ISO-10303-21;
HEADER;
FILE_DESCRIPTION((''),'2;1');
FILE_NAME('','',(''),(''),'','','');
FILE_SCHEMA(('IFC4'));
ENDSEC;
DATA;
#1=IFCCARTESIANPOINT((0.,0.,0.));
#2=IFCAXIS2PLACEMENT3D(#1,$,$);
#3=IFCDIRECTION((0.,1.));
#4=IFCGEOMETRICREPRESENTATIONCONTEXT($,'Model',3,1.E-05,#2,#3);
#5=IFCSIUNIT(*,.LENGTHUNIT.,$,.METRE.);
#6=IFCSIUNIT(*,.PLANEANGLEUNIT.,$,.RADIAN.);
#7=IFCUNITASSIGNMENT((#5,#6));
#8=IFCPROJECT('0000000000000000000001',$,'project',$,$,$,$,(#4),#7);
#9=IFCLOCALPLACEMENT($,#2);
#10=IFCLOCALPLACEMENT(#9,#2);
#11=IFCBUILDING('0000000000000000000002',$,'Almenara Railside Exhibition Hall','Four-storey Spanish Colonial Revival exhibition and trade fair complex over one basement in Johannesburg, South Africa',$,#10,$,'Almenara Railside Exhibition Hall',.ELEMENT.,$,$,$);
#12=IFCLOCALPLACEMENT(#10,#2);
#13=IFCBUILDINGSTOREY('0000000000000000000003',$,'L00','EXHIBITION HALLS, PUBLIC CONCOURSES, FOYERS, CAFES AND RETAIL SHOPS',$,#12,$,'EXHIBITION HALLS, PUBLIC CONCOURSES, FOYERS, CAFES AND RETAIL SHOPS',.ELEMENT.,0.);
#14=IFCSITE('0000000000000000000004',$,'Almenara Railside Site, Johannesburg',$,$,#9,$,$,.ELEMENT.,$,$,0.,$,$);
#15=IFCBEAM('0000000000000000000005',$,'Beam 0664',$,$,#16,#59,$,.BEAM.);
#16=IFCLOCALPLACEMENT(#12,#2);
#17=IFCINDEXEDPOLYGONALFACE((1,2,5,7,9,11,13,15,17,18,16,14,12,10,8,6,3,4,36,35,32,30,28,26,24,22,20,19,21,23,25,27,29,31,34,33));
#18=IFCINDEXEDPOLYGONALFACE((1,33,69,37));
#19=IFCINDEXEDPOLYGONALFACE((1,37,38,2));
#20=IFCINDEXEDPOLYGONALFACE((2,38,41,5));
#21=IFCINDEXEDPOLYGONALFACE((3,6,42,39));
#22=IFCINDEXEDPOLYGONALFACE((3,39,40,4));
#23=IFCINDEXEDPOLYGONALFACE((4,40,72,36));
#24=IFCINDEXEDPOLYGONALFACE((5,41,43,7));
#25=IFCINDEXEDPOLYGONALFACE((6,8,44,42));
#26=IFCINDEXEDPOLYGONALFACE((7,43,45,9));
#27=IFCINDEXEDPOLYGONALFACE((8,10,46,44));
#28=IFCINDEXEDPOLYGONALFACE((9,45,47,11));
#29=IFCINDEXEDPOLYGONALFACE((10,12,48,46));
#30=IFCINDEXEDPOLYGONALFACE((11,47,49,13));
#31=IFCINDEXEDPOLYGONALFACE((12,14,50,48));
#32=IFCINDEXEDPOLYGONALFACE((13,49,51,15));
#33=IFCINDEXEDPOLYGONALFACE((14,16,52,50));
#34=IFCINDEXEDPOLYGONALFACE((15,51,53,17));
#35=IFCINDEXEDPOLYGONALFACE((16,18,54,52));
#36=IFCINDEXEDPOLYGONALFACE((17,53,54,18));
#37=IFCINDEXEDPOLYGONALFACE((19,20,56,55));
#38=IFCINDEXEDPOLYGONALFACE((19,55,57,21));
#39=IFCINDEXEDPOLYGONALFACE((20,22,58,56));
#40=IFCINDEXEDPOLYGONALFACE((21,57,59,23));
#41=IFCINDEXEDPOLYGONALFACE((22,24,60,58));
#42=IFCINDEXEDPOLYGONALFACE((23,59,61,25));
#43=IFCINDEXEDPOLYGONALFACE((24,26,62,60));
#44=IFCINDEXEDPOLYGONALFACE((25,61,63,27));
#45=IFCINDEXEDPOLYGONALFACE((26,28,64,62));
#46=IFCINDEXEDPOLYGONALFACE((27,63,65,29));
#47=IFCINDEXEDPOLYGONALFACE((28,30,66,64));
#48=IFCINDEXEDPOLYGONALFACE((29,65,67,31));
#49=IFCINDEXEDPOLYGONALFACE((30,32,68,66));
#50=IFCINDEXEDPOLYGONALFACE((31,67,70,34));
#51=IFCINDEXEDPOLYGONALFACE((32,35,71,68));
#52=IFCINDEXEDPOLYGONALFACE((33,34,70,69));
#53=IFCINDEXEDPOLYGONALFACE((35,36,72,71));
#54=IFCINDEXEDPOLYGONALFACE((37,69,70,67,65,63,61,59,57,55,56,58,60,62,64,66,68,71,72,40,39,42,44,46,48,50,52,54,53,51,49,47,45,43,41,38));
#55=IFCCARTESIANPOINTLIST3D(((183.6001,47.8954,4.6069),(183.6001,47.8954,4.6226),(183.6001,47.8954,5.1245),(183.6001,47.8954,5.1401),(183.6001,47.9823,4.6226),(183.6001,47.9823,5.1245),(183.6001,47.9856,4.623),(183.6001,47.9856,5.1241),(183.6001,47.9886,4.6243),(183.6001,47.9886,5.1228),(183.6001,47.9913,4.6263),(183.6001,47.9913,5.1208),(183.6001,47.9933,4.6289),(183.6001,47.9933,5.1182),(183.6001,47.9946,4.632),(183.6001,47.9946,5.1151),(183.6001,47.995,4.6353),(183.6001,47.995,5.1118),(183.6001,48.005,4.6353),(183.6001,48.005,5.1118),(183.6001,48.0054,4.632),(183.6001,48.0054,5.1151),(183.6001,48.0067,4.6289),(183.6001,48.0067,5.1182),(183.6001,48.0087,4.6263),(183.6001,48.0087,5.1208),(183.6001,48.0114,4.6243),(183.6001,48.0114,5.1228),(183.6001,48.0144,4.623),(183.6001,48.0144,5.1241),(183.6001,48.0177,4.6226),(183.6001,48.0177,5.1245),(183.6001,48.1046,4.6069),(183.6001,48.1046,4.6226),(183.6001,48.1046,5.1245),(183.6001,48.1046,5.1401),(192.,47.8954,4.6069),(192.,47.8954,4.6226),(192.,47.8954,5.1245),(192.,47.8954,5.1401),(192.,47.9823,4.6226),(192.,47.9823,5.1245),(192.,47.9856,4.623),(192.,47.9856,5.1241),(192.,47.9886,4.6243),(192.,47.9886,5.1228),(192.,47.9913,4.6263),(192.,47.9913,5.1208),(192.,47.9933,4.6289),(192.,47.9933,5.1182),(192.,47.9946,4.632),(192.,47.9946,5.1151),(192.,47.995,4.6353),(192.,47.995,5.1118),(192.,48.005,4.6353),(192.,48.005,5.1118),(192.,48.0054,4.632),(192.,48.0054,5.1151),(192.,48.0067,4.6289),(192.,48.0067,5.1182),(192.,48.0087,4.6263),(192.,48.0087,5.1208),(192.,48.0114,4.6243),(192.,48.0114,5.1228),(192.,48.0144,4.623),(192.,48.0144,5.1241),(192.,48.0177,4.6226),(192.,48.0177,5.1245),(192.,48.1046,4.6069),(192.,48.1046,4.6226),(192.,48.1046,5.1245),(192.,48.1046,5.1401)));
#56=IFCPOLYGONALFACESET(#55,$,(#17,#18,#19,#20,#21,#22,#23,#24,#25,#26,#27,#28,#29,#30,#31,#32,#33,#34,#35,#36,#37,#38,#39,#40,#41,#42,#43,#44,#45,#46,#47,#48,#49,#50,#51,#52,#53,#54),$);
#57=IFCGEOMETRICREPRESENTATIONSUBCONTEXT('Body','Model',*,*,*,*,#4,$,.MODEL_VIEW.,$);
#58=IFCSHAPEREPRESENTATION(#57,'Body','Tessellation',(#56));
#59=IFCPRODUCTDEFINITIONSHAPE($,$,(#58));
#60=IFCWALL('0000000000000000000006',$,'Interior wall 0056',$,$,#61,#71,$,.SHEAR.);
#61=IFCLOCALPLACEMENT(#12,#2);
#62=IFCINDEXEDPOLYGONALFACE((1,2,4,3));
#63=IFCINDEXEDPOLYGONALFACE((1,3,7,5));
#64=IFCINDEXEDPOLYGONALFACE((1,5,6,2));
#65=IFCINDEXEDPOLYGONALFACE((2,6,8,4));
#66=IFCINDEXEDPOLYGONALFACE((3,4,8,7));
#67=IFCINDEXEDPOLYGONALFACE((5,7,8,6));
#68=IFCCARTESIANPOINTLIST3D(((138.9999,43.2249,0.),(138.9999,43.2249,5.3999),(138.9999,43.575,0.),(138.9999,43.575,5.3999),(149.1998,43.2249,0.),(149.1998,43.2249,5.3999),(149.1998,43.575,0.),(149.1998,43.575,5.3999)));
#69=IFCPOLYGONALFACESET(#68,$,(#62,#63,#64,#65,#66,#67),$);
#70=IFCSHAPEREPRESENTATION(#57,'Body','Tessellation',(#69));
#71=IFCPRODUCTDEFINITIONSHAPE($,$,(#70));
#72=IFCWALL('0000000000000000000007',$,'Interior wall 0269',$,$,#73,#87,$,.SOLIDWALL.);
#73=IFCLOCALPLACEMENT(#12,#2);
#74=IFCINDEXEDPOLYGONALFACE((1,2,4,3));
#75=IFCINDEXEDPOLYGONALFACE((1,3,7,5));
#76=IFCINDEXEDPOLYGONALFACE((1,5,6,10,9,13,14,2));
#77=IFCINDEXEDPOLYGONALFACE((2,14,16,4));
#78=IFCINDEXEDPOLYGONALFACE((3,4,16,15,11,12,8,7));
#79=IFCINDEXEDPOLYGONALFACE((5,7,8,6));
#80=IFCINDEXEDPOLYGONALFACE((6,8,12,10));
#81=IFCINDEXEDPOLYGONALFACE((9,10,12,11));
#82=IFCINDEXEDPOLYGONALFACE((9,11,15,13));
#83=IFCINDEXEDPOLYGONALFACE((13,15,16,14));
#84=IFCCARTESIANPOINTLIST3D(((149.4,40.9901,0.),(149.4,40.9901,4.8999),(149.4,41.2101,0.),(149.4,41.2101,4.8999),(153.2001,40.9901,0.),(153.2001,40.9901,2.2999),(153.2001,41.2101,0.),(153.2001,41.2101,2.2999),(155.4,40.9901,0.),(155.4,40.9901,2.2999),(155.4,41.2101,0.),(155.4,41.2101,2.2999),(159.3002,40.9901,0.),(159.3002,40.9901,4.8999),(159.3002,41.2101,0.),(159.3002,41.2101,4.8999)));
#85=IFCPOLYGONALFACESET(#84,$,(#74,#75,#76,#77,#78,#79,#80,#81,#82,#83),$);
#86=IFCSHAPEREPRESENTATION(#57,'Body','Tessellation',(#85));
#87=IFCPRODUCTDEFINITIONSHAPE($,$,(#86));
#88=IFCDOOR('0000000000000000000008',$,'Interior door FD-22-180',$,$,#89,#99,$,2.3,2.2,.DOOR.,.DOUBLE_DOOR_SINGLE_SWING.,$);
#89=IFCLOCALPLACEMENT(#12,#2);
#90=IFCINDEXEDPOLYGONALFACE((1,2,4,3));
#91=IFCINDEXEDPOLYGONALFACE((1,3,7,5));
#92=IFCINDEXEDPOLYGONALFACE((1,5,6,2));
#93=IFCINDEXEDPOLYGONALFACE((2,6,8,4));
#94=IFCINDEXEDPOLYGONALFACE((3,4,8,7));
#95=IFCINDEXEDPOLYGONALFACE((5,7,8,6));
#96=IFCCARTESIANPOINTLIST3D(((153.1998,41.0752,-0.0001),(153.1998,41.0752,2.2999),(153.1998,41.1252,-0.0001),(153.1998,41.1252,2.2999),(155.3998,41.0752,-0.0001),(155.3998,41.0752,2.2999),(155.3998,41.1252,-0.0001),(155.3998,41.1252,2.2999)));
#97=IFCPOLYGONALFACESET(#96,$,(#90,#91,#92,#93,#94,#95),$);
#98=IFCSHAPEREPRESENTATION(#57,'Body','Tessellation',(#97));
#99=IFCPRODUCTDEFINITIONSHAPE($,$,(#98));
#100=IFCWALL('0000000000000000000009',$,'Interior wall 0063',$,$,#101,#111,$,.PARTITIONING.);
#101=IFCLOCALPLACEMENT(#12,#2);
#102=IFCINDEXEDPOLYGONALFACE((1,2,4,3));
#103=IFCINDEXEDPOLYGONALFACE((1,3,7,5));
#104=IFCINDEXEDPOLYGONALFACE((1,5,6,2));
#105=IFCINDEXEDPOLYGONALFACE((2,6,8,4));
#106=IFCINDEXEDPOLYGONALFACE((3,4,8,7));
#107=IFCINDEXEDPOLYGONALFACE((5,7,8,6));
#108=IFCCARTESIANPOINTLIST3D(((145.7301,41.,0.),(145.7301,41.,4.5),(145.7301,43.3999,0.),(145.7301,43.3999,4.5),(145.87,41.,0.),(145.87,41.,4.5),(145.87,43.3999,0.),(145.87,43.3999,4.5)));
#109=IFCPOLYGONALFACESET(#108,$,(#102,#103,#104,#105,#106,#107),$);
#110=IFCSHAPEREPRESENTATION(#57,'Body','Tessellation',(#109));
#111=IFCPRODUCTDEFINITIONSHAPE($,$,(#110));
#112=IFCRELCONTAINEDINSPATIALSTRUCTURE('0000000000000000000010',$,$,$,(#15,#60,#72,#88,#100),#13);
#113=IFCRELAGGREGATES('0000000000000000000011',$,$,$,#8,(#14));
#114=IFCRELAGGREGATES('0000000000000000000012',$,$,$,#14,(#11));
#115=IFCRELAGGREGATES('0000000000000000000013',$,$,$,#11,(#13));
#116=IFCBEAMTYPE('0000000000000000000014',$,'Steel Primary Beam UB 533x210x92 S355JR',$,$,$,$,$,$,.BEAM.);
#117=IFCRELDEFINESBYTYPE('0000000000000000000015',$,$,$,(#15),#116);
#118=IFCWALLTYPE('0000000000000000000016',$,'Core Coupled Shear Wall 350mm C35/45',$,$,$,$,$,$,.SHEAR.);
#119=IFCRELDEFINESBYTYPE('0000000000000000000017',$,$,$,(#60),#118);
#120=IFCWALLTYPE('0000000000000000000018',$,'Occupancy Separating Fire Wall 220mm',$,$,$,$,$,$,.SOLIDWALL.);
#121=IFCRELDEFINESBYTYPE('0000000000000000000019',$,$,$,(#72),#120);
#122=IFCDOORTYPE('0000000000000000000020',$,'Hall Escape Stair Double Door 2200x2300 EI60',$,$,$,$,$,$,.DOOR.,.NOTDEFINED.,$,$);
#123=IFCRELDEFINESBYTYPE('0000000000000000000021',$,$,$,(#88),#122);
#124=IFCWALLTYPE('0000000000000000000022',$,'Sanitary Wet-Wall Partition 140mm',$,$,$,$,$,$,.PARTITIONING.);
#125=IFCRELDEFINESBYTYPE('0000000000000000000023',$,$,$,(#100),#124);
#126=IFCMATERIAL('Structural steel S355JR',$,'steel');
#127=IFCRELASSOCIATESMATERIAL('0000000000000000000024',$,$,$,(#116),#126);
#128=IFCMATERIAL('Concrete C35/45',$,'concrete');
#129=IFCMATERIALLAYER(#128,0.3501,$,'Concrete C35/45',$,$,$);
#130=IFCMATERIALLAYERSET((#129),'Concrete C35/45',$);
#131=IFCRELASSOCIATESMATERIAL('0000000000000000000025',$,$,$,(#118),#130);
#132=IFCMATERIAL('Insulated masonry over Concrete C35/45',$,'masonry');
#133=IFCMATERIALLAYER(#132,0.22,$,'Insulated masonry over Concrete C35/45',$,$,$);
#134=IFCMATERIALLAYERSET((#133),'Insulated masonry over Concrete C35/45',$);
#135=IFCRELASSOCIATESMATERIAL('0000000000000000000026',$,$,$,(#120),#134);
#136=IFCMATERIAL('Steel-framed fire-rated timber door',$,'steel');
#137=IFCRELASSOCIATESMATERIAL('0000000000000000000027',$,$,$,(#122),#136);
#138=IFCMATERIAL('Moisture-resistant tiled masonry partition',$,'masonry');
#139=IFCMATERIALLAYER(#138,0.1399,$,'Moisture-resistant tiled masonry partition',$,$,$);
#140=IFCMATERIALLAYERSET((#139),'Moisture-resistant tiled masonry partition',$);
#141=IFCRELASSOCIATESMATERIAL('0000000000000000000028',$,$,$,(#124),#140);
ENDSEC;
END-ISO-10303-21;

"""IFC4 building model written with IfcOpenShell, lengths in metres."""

from ifc_helpers import new_model, si_unit, direction, frame, frame_2d, origin, origin_2d, place, context, subcontext, project, spatial, rectangle, i_section, extrude, material, layer, layer_set, material_profile, profile_set, type_object, element, fill, save


model = new_model("IFC4")

# Units and contexts
model_context = context("Model", 3, precision=1e-05, world=origin(), true_north=direction((0.0, 1.0)))
body_context = subcontext(model_context, "Body", "Model", "MODEL_VIEW")
ifc_project = project(units=[si_unit("LENGTHUNIT", "METRE"), si_unit("PLANEANGLEUNIT", "RADIAN")], contexts=[model_context])

# Site, building, storey
site_placement = place(None, origin())
site = spatial("IfcSite", under=ifc_project, at=site_placement, Name="Almenara Railside Site, Johannesburg", CompositionType="ELEMENT", RefElevation=0.0)
building_placement = place(site_placement, origin())
building = spatial("IfcBuilding", under=site, at=building_placement, Name="Almenara Railside Exhibition Hall", Description="Four-storey Spanish Colonial Revival exhibition and trade fair complex over one basement in Johannesburg, South Africa", LongName="Almenara Railside Exhibition Hall", CompositionType="ELEMENT")
storey_placement = place(building_placement, origin())
storey = spatial("IfcBuildingStorey", under=building, at=storey_placement, Name="L00", Description="EXHIBITION HALLS, PUBLIC CONCOURSES, FOYERS, CAFES AND RETAIL SHOPS", LongName="EXHIBITION HALLS, PUBLIC CONCOURSES, FOYERS, CAFES AND RETAIL SHOPS", CompositionType="ELEMENT", Elevation=0.0)

# Shared definitions
ifc_material_1 = material(Name="Concrete C35/45", Category="concrete")

# Beam
ifc_material_2 = material(Name="Structural steel S355JR", Category="steel")
ifc_material_profile_1 = material_profile(ifc_material_2, i_section(OverallWidth=0.2092, OverallDepth=0.5332, WebThickness=0.01, FlangeThickness=0.0156, FilletRadius=0.0127, at=origin_2d()), Name="UB 533x210x92")
ifc_profile_set_1 = profile_set([ifc_material_profile_1], Name="Structural steel S355JR")
beam_type_1 = type_object("IfcBeamType", Name="Steel Primary Beam UB 533x210x92 S355JR", PredefinedType="BEAM", material=ifc_profile_set_1)
beam_1_placement = place(storey_placement, frame((183.6001, 48.0, 4.8735), z_axis=(1.0, 0.0, 0.0), x_axis=(0.0, 1.0, 0.0)))
element("IfcBeam", 1, at=beam_1_placement, inside=storey, type_object=beam_type_1, Name="Beam 0664", PredefinedType="BEAM", context=body_context, shape_type="SweptSolid", body=[
    extrude(i_section(OverallWidth=0.2092, OverallDepth=0.5332, WebThickness=0.01, FlangeThickness=0.0156, FilletRadius=0.0127, at=origin_2d()), origin(), (0.0, 0.0, 1.0), 8.3999),
])

# Wall
ifc_layer_1 = layer(ifc_material_1, 0.3501, Name="Concrete C35/45")
ifc_layer_set_1 = layer_set([ifc_layer_1], Name="Concrete C35/45")
wall_type_1 = type_object("IfcWallType", Name="Core Coupled Shear Wall 350mm C35/45", PredefinedType="SHEAR", material=ifc_layer_set_1)
wall_1_placement = place(storey_placement, frame((149.2, 43.3999, 0.0), z_axis=(0.0, 0.0, 1.0), x_axis=(-1.0, 0.0, 0.0)))
element("IfcWall", 2, at=wall_1_placement, inside=storey, type_object=wall_type_1, Name="Interior wall 0056", PredefinedType="SHEAR", context=body_context, shape_type="SweptSolid", body=[
    extrude(rectangle(XDim=10.2, YDim=0.3501, at=frame_2d((5.1001, 0.0))), origin(), (0.0, 0.0, 1.0), 5.3999),
])

# Wall, opening, door
ifc_material_3 = material(Name="Insulated masonry over Concrete C35/45", Category="masonry")
ifc_layer_2 = layer(ifc_material_3, 0.22, Name="Insulated masonry over Concrete C35/45")
ifc_layer_set_2 = layer_set([ifc_layer_2], Name="Insulated masonry over Concrete C35/45")
wall_type_2 = type_object("IfcWallType", Name="Occupancy Separating Fire Wall 220mm", PredefinedType="SOLIDWALL", material=ifc_layer_set_2)
wall_2_placement = place(storey_placement, frame((149.3999, 41.1001, 0.0), z_axis=(0.0, 0.0, 1.0), x_axis=(1.0, 0.0, 0.0)))
wall_2 = element("IfcWall", 3, at=wall_2_placement, inside=storey, type_object=wall_type_2, Name="Interior wall 0269", PredefinedType="SOLIDWALL", context=body_context, shape_type="SweptSolid", body=[
    extrude(rectangle(XDim=9.9001, YDim=0.22, at=frame_2d((4.9502, 0.0))), origin(), (0.0, 0.0, 1.0), 4.8999),
])
opening_placement = place(wall_2_placement, frame((3.8, 0.0, 0.0)))
opening = element("IfcOpeningElement", 4, at=opening_placement, cuts=wall_2, PredefinedType="OPENING", context=body_context, shape_type="SweptSolid", body=[
    extrude(rectangle(XDim=2.2, YDim=2.3, at=frame_2d((1.1001, 1.1499))), frame((0.0, 0.1199, 0.0), z_axis=(0.0, -1.0, 0.0), x_axis=(1.0, 0.0, 0.0)), (0.0, 0.0, 1.0), 0.24),
])
ifc_material_4 = material(Name="Steel-framed fire-rated timber door", Category="steel")
door_type = type_object("IfcDoorType", Name="Hall Escape Stair Double Door 2200x2300 EI60", OperationType="NOTDEFINED", PredefinedType="DOOR", material=ifc_material_4)
door_placement = place(opening_placement, frame((2.2, 0.0, 0.0), z_axis=(0.0, 0.0, 1.0), x_axis=(-1.0, 0.0, 0.0)))
door = element("IfcDoor", 5, at=door_placement, inside=storey, type_object=door_type, Name="Interior door FD-22-180", OperationType="DOUBLE_DOOR_SINGLE_SWING", OverallHeight=2.3, OverallWidth=2.2, PredefinedType="DOOR", context=body_context, shape_type="SweptSolid", body=[
    extrude(rectangle(XDim=2.2, YDim=2.3, at=frame_2d((1.1001, 1.1499))), frame((0.0, 0.0249, 0.0), z_axis=(0.0, -1.0, 0.0), x_axis=(1.0, 0.0, 0.0)), (0.0, 0.0, 1.0), 0.05),
])
fill(opening, door)

# Wall
ifc_material_5 = material(Name="Moisture-resistant tiled masonry partition", Category="masonry")
ifc_layer_3 = layer(ifc_material_5, 0.1399, Name="Moisture-resistant tiled masonry partition")
ifc_layer_set_3 = layer_set([ifc_layer_3], Name="Moisture-resistant tiled masonry partition")
wall_type_3 = type_object("IfcWallType", Name="Sanitary Wet-Wall Partition 140mm", PredefinedType="PARTITIONING", material=ifc_layer_set_3)
wall_3_placement = place(storey_placement, frame((145.8, 41.0, 0.0), z_axis=(0.0, 0.0, 1.0), x_axis=(0.0, 1.0, 0.0)))
element("IfcWall", 6, at=wall_3_placement, inside=storey, type_object=wall_type_3, Name="Interior wall 0063", PredefinedType="PARTITIONING", context=body_context, shape_type="SweptSolid", body=[
    extrude(rectangle(XDim=2.3999, YDim=0.1399, at=frame_2d((1.2, 0.0))), origin(), (0.0, 0.0, 1.0), 4.5),
])

save(model, "model.ifc")
